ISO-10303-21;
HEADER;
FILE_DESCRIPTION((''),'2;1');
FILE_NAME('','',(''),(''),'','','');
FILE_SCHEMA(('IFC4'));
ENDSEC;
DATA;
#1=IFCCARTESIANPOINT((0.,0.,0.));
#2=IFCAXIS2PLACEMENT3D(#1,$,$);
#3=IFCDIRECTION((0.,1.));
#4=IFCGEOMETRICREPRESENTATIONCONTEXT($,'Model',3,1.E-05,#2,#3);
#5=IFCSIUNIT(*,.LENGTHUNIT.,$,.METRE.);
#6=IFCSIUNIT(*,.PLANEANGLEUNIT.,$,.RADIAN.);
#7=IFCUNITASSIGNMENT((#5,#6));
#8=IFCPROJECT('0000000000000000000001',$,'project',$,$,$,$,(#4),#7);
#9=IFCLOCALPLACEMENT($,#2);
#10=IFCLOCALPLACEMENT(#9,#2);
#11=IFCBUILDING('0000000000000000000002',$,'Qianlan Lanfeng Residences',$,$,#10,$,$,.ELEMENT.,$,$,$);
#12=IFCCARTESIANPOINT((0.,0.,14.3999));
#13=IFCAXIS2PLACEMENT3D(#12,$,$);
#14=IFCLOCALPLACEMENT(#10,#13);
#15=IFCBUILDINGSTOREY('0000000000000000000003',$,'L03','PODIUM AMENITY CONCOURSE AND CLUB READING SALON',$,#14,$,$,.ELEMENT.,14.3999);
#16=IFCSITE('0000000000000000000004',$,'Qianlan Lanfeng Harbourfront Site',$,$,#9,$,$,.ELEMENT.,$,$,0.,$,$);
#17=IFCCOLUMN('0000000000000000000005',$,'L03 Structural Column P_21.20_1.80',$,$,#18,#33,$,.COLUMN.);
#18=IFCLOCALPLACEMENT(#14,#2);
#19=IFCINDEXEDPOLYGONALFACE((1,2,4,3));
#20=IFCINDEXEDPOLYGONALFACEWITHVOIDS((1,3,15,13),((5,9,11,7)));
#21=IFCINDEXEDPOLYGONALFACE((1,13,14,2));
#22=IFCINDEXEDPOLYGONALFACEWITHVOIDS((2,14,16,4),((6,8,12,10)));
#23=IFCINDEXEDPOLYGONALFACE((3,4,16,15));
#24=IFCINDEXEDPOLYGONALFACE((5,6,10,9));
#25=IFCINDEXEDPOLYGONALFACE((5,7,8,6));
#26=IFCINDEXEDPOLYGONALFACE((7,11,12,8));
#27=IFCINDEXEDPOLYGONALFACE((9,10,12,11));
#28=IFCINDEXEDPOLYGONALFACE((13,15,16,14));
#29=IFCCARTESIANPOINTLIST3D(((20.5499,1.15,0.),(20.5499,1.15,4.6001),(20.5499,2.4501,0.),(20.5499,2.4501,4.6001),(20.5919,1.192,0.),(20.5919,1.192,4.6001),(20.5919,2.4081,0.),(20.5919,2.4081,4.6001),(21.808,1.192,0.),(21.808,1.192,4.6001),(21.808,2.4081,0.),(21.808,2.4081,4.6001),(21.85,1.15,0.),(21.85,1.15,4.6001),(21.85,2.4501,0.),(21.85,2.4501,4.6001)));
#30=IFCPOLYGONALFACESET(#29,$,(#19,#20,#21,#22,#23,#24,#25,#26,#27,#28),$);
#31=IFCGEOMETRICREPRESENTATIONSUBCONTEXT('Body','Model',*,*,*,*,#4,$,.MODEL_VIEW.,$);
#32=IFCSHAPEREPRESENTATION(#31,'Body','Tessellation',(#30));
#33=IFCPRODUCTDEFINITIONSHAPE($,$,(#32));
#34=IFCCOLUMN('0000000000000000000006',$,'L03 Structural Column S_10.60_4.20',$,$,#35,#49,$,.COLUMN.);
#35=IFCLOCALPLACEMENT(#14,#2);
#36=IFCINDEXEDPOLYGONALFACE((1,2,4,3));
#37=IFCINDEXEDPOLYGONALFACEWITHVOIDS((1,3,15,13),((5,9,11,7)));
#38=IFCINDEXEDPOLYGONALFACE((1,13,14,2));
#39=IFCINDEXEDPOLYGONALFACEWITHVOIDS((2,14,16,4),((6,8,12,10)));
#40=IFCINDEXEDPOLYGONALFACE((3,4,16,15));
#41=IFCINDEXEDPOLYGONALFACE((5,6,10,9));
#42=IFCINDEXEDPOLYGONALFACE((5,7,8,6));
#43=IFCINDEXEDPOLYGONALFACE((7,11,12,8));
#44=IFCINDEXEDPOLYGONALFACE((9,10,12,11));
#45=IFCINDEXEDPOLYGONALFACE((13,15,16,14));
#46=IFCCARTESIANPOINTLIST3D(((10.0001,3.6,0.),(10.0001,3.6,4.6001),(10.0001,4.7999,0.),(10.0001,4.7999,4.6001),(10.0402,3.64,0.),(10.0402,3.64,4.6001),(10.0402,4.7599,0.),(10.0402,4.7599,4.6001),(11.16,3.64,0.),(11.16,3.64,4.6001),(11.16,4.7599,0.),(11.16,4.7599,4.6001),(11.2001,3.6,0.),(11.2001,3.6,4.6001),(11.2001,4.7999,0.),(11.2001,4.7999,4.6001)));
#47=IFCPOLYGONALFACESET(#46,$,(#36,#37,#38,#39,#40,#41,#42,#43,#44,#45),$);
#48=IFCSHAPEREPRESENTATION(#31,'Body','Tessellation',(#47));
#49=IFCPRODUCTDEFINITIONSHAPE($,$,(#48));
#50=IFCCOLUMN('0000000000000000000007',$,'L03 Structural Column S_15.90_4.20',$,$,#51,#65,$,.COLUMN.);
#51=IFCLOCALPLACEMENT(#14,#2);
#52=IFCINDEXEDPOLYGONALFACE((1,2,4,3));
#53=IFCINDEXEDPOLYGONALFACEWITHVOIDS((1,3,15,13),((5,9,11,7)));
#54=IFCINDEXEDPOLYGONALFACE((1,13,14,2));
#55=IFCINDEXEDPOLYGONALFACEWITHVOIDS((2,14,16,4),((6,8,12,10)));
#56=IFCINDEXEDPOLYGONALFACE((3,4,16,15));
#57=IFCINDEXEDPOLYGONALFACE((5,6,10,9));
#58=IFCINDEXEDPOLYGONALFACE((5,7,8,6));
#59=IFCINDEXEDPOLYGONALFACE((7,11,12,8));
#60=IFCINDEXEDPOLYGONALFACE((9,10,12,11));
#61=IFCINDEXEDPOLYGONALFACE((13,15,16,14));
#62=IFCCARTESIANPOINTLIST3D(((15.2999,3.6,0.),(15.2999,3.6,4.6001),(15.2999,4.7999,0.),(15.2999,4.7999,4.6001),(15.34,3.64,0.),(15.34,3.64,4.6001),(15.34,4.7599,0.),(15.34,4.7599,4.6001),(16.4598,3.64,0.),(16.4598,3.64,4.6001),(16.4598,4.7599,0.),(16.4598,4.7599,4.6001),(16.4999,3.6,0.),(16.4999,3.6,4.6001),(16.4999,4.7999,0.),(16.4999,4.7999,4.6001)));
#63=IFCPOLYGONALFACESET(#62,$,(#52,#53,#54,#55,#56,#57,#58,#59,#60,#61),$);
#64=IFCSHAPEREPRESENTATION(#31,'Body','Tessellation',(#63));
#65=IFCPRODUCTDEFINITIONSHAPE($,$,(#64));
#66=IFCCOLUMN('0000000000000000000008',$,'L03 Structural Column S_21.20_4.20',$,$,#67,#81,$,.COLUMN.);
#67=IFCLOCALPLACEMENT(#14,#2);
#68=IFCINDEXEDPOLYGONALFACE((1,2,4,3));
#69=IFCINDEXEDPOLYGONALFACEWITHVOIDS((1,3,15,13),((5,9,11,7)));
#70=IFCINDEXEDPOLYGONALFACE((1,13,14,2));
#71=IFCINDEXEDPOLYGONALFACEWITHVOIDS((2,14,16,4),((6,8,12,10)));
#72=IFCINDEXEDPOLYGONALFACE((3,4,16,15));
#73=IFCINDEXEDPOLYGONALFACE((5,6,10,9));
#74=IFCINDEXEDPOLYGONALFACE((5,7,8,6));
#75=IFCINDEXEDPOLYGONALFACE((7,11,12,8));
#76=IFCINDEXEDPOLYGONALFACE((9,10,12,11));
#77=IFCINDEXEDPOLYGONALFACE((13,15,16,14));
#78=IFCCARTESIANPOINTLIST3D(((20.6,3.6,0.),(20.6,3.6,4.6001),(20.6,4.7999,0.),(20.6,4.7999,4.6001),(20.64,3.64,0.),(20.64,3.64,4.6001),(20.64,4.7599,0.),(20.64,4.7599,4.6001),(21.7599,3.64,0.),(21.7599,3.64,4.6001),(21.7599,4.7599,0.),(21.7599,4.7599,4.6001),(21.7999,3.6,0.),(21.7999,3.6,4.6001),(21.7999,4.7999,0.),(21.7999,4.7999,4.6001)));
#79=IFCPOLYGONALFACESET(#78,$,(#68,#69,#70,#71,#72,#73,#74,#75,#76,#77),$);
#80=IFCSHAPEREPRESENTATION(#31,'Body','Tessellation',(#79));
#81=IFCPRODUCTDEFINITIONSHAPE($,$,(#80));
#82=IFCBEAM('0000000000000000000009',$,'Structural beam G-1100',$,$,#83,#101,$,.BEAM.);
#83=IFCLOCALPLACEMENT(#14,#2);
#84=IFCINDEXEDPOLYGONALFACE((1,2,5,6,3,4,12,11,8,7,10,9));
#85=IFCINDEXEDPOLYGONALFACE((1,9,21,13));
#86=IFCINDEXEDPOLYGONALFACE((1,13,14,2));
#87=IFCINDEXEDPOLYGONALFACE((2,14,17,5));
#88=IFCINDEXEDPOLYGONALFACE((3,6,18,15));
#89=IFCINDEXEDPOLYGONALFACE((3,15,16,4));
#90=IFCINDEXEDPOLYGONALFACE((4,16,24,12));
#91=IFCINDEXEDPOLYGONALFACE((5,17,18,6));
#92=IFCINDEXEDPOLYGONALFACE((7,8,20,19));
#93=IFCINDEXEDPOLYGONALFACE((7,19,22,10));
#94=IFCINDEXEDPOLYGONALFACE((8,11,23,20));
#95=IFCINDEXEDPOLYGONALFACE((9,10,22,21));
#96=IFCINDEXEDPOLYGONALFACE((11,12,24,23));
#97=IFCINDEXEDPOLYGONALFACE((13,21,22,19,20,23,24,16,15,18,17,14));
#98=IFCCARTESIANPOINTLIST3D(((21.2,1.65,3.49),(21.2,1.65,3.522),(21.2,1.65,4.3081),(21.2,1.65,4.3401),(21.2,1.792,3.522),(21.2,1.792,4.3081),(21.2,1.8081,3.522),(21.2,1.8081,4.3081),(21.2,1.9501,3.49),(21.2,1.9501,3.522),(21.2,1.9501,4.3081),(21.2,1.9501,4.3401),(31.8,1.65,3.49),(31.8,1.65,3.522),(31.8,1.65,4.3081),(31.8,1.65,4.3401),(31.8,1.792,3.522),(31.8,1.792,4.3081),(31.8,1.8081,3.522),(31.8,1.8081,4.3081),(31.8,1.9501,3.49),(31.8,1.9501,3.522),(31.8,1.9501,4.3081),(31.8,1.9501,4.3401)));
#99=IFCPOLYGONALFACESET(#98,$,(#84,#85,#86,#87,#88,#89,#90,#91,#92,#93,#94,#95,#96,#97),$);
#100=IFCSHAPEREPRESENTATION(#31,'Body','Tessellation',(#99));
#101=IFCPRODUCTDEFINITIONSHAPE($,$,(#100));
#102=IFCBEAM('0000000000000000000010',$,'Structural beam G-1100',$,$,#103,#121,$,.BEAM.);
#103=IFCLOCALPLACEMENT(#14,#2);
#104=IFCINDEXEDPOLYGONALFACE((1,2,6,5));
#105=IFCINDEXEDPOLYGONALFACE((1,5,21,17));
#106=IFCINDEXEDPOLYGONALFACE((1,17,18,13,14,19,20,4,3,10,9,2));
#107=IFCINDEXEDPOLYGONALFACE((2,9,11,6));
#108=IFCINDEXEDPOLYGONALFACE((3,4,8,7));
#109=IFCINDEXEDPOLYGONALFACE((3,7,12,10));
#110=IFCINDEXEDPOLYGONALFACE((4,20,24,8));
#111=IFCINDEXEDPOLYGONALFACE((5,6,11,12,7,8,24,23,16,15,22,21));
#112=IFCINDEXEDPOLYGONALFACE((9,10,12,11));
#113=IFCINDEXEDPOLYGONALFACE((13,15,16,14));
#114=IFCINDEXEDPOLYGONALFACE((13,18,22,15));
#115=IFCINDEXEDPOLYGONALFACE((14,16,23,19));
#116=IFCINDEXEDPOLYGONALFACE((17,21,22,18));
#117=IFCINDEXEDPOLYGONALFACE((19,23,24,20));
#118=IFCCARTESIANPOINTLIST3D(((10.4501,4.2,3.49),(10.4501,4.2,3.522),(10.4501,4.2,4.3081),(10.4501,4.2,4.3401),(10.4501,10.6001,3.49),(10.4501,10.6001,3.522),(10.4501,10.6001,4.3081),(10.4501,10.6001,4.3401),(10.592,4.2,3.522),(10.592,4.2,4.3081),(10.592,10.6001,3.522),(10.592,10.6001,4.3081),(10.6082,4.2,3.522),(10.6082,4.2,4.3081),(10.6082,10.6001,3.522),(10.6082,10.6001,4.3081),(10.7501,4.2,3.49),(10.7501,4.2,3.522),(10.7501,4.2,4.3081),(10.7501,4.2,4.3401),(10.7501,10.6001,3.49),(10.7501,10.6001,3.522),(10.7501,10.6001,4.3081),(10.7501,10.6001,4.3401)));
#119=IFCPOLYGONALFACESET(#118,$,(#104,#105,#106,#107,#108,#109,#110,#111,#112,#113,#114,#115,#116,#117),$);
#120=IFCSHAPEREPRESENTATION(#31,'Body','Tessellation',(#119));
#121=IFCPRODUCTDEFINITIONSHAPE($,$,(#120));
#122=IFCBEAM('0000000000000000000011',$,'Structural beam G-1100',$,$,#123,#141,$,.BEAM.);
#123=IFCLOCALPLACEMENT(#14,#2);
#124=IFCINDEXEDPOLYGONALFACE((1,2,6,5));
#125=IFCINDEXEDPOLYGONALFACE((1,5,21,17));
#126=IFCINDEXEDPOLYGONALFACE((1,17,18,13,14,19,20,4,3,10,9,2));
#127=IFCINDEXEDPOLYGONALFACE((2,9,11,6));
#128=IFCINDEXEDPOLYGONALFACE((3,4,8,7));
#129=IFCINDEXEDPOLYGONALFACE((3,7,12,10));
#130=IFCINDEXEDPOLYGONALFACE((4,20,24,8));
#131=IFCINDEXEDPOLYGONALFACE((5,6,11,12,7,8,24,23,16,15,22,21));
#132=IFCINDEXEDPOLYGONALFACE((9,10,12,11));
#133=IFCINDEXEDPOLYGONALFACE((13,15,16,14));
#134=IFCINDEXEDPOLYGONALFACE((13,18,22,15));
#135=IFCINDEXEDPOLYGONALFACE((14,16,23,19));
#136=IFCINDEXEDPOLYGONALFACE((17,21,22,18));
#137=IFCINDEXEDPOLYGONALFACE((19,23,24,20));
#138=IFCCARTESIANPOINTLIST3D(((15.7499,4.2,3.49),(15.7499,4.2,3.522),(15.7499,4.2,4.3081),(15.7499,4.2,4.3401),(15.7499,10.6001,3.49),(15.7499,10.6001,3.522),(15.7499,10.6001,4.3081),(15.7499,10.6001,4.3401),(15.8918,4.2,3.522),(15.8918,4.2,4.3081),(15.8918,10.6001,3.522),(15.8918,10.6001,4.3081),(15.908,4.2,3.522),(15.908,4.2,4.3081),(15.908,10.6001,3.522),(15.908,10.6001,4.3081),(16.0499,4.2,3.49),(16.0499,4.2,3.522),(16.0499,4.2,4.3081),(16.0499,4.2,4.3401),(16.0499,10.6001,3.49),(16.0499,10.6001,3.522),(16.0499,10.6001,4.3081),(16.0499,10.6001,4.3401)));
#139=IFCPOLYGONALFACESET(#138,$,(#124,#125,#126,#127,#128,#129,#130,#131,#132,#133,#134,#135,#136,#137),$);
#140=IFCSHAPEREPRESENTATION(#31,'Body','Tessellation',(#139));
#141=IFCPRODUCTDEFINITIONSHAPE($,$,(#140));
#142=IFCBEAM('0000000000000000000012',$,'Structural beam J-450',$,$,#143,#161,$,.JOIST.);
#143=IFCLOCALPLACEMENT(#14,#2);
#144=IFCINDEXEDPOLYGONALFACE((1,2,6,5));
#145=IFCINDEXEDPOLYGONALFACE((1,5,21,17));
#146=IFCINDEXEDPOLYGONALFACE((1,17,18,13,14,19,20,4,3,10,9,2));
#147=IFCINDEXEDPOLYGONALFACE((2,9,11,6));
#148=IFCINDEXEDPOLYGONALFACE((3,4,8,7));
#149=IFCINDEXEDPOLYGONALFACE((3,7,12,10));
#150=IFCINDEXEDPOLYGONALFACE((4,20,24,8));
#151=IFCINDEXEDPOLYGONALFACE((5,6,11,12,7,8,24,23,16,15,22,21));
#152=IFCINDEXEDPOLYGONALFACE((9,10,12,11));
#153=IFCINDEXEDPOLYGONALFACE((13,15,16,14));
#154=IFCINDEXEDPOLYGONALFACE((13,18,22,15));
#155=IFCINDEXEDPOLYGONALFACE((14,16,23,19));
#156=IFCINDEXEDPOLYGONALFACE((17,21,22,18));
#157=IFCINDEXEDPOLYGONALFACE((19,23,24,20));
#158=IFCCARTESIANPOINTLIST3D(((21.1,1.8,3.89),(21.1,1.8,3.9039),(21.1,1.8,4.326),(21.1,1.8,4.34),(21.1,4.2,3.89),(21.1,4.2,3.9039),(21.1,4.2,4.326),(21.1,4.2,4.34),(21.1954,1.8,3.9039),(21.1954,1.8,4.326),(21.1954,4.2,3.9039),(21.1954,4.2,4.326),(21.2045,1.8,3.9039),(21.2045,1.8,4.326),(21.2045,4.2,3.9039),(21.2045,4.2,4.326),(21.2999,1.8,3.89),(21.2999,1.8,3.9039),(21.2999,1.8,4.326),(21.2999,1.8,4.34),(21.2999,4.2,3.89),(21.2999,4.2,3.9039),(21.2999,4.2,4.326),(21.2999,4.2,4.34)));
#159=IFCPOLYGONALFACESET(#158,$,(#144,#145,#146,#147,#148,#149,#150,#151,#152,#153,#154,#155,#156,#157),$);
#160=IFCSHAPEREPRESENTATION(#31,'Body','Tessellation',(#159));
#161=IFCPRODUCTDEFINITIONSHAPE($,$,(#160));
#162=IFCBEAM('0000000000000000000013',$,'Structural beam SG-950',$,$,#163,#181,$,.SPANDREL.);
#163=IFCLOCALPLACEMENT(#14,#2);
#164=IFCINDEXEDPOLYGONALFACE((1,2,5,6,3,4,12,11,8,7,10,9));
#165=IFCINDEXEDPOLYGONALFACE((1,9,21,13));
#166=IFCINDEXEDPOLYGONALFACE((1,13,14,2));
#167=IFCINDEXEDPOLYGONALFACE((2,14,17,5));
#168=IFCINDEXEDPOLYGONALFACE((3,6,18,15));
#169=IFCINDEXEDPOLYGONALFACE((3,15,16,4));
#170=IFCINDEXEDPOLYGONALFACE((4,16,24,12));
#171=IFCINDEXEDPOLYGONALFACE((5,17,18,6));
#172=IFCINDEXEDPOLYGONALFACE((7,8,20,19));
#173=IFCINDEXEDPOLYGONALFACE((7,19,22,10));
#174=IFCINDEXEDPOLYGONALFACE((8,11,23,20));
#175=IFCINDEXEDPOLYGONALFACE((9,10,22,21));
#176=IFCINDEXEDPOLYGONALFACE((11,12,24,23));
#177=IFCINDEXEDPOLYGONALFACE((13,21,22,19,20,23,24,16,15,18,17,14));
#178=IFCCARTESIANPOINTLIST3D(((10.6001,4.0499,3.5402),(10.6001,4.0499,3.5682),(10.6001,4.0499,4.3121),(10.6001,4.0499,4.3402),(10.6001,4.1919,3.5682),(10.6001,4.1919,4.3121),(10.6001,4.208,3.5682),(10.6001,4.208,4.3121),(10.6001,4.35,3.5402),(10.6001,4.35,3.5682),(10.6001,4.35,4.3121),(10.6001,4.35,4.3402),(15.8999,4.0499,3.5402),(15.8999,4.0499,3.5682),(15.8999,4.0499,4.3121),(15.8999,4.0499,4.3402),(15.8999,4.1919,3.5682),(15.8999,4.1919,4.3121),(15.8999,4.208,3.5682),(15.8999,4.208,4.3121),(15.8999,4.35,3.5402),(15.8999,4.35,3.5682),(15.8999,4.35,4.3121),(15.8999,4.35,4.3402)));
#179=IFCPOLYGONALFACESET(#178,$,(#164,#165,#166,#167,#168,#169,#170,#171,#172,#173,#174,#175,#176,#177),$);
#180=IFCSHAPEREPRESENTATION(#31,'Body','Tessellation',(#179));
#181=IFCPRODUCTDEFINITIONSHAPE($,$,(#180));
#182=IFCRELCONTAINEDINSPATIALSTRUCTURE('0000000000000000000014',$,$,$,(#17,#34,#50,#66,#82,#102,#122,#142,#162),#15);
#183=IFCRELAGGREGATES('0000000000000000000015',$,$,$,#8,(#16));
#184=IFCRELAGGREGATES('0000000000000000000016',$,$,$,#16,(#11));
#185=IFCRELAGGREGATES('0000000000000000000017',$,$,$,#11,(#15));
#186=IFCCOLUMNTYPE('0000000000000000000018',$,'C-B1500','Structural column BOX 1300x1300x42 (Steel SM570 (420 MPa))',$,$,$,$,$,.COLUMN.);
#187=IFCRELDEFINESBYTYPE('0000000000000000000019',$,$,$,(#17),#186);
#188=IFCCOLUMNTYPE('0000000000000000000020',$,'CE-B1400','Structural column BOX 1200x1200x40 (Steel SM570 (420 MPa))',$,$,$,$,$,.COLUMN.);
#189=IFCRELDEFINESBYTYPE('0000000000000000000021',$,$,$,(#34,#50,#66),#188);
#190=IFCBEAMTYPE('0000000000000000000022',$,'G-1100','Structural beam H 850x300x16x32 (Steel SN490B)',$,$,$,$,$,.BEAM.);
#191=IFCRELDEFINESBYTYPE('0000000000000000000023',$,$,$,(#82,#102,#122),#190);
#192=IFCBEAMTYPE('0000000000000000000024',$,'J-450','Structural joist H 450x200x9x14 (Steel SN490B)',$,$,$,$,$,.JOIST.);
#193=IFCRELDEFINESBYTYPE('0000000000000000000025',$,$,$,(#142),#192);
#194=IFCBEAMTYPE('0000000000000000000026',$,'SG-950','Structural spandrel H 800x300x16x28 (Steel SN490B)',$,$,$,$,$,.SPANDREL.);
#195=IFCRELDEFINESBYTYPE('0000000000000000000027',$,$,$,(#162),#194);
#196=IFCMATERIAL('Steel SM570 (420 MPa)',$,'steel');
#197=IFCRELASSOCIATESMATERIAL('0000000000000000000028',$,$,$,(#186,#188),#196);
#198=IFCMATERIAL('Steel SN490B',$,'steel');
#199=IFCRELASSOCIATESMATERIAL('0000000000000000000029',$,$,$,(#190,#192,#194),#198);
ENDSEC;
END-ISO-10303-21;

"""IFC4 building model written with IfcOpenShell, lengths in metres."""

from ifc_helpers import new_model, si_unit, direction, frame, origin, origin_2d, place, context, subcontext, project, spatial, hollow_rectangle, i_section, extrude, material, material_profile, profile_set, type_object, element, save


model = new_model("IFC4")

# Units and contexts
model_context = context("Model", 3, precision=1e-05, world=origin(), true_north=direction((0.0, 1.0)))
body_context = subcontext(model_context, "Body", "Model", "MODEL_VIEW")
ifc_project = project(units=[si_unit("LENGTHUNIT", "METRE"), si_unit("PLANEANGLEUNIT", "RADIAN")], contexts=[model_context])

# Site, building, storey
site_placement = place(None, origin())
site = spatial("IfcSite", under=ifc_project, at=site_placement, Name="Qianlan Lanfeng Harbourfront Site", CompositionType="ELEMENT", RefElevation=0.0)
building_placement = place(site_placement, origin())
building = spatial("IfcBuilding", under=site, at=building_placement, Name="Qianlan Lanfeng Residences", CompositionType="ELEMENT")
storey_placement = place(building_placement, frame((0.0, 0.0, 14.3999)))
storey = spatial("IfcBuildingStorey", under=building, at=storey_placement, Name="L03", Description="PODIUM AMENITY CONCOURSE AND CLUB READING SALON", CompositionType="ELEMENT", Elevation=14.3999)

# Columns
ifc_material_1 = material(Name="Steel SM570 (420 MPa)", Category="steel")
ifc_material_profile_1 = material_profile(ifc_material_1, hollow_rectangle(XDim=1.3, YDim=1.3, WallThickness=0.042, at=origin_2d()), Name="BOX 1300x1300x42")
ifc_profile_set_1 = profile_set([ifc_material_profile_1], Name="Steel SM570 (420 MPa)")
column_type_1 = type_object("IfcColumnType", Name="C-B1500", Description="Structural column BOX 1300x1300x42 (Steel SM570 (420 MPa))", PredefinedType="COLUMN", material=ifc_profile_set_1)
column_placement = place(storey_placement, frame((21.2, 1.8, 0.0), z_axis=(0.0, 0.0, 1.0), x_axis=(1.0, 0.0, 0.0)))
element("IfcColumn", 1, at=column_placement, inside=storey, type_object=column_type_1, Name="L03 Structural Column P_21.20_1.80", PredefinedType="COLUMN", context=body_context, shape_type="SweptSolid", body=[
    extrude(hollow_rectangle(XDim=1.3, YDim=1.3, WallThickness=0.042, at=origin_2d()), origin(), (0.0, 0.0, 1.0), 4.6001),
])
ifc_material_profile_2 = material_profile(ifc_material_1, hollow_rectangle(XDim=1.2, YDim=1.2, WallThickness=0.04, at=origin_2d()), Name="BOX 1200x1200x40")
ifc_profile_set_2 = profile_set([ifc_material_profile_2], Name="Steel SM570 (420 MPa)")
column_type_2 = type_object("IfcColumnType", Name="CE-B1400", Description="Structural column BOX 1200x1200x40 (Steel SM570 (420 MPa))", PredefinedType="COLUMN", material=ifc_profile_set_2)
for number, where, z_axis, x_axis, name in (
    (2, (10.6001, 4.2, 0.0), (0.0, 0.0, 1.0), (1.0, 0.0, 0.0), "L03 Structural Column S_10.60_4.20"),
    (3, (15.8999, 4.2, 0.0), (0.0, 0.0, 1.0), (1.0, 0.0, 0.0), "L03 Structural Column S_15.90_4.20"),
    (4, (21.2, 4.2, 0.0), (0.0, 0.0, 1.0), (1.0, 0.0, 0.0), "L03 Structural Column S_21.20_4.20"),
):
    element("IfcColumn", number, at=place(storey_placement, frame(where, z_axis=z_axis, x_axis=x_axis)), inside=storey, type_object=column_type_2, Name=name, PredefinedType="COLUMN", context=body_context, shape_type="SweptSolid", body=[
        extrude(hollow_rectangle(XDim=1.2, YDim=1.2, WallThickness=0.04, at=origin_2d()), origin(), (0.0, 0.0, 1.0), 4.6001),
    ])

# Beams
ifc_material_2 = material(Name="Steel SN490B", Category="steel")
ifc_material_profile_3 = material_profile(ifc_material_2, i_section(OverallWidth=0.3, OverallDepth=0.8501, WebThickness=0.0161, FlangeThickness=0.032, at=origin_2d()), Name="H 850x300x16x32")
ifc_profile_set_3 = profile_set([ifc_material_profile_3], Name="Steel SN490B")
beam_type_1 = type_object("IfcBeamType", Name="G-1100", Description="Structural beam H 850x300x16x32 (Steel SN490B)", PredefinedType="BEAM", material=ifc_profile_set_3)
beam_1_placement = place(storey_placement, frame((21.2, 1.8, 3.915), z_axis=(1.0, 0.0, 0.0), x_axis=(0.0, 1.0, 0.0)))
element("IfcBeam", 5, at=beam_1_placement, inside=storey, type_object=beam_type_1, Name="Structural beam G-1100", PredefinedType="BEAM", context=body_context, shape_type="SweptSolid", body=[
    extrude(i_section(OverallWidth=0.3, OverallDepth=0.8501, WebThickness=0.0161, FlangeThickness=0.032, at=origin_2d()), origin(), (0.0, 0.0, 1.0), 10.6001),
])
for number, where, z_axis, x_axis, name in (
    (6, (10.6001, 4.2, 3.915), (0.0, 1.0, 0.0), (-1.0, 0.0, 0.0), "Structural beam G-1100"),
    (7, (15.8999, 4.2, 3.915), (0.0, 1.0, 0.0), (-1.0, 0.0, 0.0), "Structural beam G-1100"),
):
    element("IfcBeam", number, at=place(storey_placement, frame(where, z_axis=z_axis, x_axis=x_axis)), inside=storey, type_object=beam_type_1, Name=name, PredefinedType="BEAM", context=body_context, shape_type="SweptSolid", body=[
        extrude(i_section(OverallWidth=0.3, OverallDepth=0.8501, WebThickness=0.0161, FlangeThickness=0.032, at=origin_2d()), origin(), (0.0, 0.0, 1.0), 6.4001),
    ])
ifc_material_profile_4 = material_profile(ifc_material_2, i_section(OverallWidth=0.2, OverallDepth=0.45, WebThickness=0.009, FlangeThickness=0.0139, at=origin_2d()), Name="H 450x200x9x14")
ifc_profile_set_4 = profile_set([ifc_material_profile_4], Name="Steel SN490B")
beam_type_2 = type_object("IfcBeamType", Name="J-450", Description="Structural joist H 450x200x9x14 (Steel SN490B)", PredefinedType="JOIST", material=ifc_profile_set_4)
beam_2_placement = place(storey_placement, frame((21.2, 1.8, 4.115), z_axis=(0.0, 1.0, 0.0), x_axis=(-1.0, 0.0, 0.0)))
element("IfcBeam", 8, at=beam_2_placement, inside=storey, type_object=beam_type_2, Name="Structural beam J-450", PredefinedType="JOIST", context=body_context, shape_type="SweptSolid", body=[
    extrude(i_section(OverallWidth=0.2, OverallDepth=0.45, WebThickness=0.009, FlangeThickness=0.0139, at=origin_2d()), origin(), (0.0, 0.0, 1.0), 2.3999),
])
ifc_material_profile_5 = material_profile(ifc_material_2, i_section(OverallWidth=0.3, OverallDepth=0.8, WebThickness=0.0161, FlangeThickness=0.0281, at=origin_2d()), Name="H 800x300x16x28")
ifc_profile_set_5 = profile_set([ifc_material_profile_5], Name="Steel SN490B")
beam_type_3 = type_object("IfcBeamType", Name="SG-950", Description="Structural spandrel H 800x300x16x28 (Steel SN490B)", PredefinedType="SPANDREL", material=ifc_profile_set_5)
beam_3_placement = place(storey_placement, frame((10.6001, 4.2, 3.9402), z_axis=(1.0, 0.0, 0.0), x_axis=(0.0, 1.0, 0.0)))
element("IfcBeam", 9, at=beam_3_placement, inside=storey, type_object=beam_type_3, Name="Structural beam SG-950", PredefinedType="SPANDREL", context=body_context, shape_type="SweptSolid", body=[
    extrude(i_section(OverallWidth=0.3, OverallDepth=0.8, WebThickness=0.0161, FlangeThickness=0.0281, at=origin_2d()), origin(), (0.0, 0.0, 1.0), 5.2998),
])

save(model, "model.ifc")
